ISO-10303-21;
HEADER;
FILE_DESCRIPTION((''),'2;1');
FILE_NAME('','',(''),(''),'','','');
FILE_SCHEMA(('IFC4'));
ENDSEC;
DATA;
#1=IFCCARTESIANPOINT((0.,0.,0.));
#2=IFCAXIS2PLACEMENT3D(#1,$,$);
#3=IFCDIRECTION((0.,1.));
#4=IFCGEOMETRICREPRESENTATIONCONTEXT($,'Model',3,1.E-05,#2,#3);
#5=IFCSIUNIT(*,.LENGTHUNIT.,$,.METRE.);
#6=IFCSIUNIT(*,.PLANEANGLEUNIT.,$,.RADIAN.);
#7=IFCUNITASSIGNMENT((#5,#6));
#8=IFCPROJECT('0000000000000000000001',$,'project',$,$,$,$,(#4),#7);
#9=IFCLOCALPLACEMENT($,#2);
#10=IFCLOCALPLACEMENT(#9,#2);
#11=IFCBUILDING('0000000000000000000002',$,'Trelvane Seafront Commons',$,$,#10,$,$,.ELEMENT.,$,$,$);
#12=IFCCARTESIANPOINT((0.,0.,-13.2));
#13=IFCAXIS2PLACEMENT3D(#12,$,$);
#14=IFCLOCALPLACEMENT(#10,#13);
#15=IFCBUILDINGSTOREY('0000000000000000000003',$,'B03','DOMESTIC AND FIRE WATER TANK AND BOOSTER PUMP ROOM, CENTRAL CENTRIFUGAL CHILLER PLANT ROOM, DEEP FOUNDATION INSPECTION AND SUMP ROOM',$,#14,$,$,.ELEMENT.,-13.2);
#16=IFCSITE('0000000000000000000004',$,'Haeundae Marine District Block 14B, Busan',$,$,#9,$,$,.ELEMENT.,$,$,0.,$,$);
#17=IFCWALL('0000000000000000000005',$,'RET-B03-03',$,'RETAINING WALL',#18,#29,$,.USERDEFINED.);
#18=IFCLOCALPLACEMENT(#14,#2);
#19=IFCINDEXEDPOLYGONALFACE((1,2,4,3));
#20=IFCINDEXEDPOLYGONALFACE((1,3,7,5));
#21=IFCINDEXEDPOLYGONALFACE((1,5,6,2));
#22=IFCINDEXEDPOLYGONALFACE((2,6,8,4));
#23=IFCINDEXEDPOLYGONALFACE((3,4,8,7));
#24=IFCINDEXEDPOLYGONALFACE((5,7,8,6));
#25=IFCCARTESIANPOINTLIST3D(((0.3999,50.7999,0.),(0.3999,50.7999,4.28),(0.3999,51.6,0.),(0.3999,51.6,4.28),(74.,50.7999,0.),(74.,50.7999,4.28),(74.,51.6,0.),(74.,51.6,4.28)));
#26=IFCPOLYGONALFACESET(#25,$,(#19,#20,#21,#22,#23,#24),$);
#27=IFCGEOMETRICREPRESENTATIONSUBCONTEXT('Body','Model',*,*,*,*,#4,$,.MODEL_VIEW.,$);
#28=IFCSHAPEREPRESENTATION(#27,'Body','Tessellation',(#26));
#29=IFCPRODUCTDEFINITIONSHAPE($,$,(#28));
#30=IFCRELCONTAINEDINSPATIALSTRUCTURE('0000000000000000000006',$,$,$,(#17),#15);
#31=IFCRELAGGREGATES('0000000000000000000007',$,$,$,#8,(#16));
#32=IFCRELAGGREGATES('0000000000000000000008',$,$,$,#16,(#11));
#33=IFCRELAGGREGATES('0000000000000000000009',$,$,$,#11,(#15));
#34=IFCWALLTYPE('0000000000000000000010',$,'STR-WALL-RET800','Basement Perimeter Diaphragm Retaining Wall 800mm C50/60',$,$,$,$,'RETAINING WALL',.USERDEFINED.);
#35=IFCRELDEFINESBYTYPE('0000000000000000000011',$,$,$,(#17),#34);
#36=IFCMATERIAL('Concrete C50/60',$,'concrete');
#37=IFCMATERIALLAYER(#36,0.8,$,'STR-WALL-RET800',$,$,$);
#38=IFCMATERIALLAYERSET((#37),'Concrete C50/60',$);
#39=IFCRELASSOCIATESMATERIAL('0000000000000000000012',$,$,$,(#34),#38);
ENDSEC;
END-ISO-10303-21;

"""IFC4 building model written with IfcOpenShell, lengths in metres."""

from ifc_helpers import new_model, si_unit, direction, frame, frame_2d, origin, place, context, subcontext, project, spatial, rectangle, extrude, material, layer, layer_set, type_object, element, save


model = new_model("IFC4")

# Units and contexts
model_context = context("Model", 3, precision=1e-05, world=origin(), true_north=direction((0.0, 1.0)))
body_context = subcontext(model_context, "Body", "Model", "MODEL_VIEW")
ifc_project = project(units=[si_unit("LENGTHUNIT", "METRE"), si_unit("PLANEANGLEUNIT", "RADIAN")], contexts=[model_context])

# Site, building, storey
site_placement = place(None, origin())
site = spatial("IfcSite", under=ifc_project, at=site_placement, Name="Haeundae Marine District Block 14B, Busan", CompositionType="ELEMENT", RefElevation=0.0)
building_placement = place(site_placement, origin())
building = spatial("IfcBuilding", under=site, at=building_placement, Name="Trelvane Seafront Commons", CompositionType="ELEMENT")
storey_placement = place(building_placement, frame((0.0, 0.0, -13.2)))
storey = spatial("IfcBuildingStorey", under=building, at=storey_placement, Name="B03", Description="DOMESTIC AND FIRE WATER TANK AND BOOSTER PUMP ROOM, CENTRAL CENTRIFUGAL CHILLER PLANT ROOM, DEEP FOUNDATION INSPECTION AND SUMP ROOM", CompositionType="ELEMENT", Elevation=-13.2)

# Shared definitions
ifc_material_1 = material(Name="Concrete C50/60", Category="concrete")

# Wall
ifc_layer = layer(ifc_material_1, 0.8, Name="STR-WALL-RET800")
ifc_layer_set = layer_set([ifc_layer], Name="Concrete C50/60")
wall_type = type_object("IfcWallType", Name="STR-WALL-RET800", Description="Basement Perimeter Diaphragm Retaining Wall 800mm C50/60", ElementType="RETAINING WALL", PredefinedType="USERDEFINED", material=ifc_layer_set)
wall_placement = place(storey_placement, frame((74.0, 51.2, 0.0), z_axis=(0.0, 0.0, 1.0), x_axis=(-1.0, 0.0, 0.0)))
element("IfcWall", 1, at=wall_placement, inside=storey, type_object=wall_type, Name="RET-B03-03", ObjectType="RETAINING WALL", PredefinedType="USERDEFINED", context=body_context, shape_type="SweptSolid", body=[
    extrude(rectangle(XDim=73.6001, YDim=0.8, at=frame_2d((36.8, 0.0))), origin(), (0.0, 0.0, 1.0), 4.28),
])

save(model, "model.ifc")
